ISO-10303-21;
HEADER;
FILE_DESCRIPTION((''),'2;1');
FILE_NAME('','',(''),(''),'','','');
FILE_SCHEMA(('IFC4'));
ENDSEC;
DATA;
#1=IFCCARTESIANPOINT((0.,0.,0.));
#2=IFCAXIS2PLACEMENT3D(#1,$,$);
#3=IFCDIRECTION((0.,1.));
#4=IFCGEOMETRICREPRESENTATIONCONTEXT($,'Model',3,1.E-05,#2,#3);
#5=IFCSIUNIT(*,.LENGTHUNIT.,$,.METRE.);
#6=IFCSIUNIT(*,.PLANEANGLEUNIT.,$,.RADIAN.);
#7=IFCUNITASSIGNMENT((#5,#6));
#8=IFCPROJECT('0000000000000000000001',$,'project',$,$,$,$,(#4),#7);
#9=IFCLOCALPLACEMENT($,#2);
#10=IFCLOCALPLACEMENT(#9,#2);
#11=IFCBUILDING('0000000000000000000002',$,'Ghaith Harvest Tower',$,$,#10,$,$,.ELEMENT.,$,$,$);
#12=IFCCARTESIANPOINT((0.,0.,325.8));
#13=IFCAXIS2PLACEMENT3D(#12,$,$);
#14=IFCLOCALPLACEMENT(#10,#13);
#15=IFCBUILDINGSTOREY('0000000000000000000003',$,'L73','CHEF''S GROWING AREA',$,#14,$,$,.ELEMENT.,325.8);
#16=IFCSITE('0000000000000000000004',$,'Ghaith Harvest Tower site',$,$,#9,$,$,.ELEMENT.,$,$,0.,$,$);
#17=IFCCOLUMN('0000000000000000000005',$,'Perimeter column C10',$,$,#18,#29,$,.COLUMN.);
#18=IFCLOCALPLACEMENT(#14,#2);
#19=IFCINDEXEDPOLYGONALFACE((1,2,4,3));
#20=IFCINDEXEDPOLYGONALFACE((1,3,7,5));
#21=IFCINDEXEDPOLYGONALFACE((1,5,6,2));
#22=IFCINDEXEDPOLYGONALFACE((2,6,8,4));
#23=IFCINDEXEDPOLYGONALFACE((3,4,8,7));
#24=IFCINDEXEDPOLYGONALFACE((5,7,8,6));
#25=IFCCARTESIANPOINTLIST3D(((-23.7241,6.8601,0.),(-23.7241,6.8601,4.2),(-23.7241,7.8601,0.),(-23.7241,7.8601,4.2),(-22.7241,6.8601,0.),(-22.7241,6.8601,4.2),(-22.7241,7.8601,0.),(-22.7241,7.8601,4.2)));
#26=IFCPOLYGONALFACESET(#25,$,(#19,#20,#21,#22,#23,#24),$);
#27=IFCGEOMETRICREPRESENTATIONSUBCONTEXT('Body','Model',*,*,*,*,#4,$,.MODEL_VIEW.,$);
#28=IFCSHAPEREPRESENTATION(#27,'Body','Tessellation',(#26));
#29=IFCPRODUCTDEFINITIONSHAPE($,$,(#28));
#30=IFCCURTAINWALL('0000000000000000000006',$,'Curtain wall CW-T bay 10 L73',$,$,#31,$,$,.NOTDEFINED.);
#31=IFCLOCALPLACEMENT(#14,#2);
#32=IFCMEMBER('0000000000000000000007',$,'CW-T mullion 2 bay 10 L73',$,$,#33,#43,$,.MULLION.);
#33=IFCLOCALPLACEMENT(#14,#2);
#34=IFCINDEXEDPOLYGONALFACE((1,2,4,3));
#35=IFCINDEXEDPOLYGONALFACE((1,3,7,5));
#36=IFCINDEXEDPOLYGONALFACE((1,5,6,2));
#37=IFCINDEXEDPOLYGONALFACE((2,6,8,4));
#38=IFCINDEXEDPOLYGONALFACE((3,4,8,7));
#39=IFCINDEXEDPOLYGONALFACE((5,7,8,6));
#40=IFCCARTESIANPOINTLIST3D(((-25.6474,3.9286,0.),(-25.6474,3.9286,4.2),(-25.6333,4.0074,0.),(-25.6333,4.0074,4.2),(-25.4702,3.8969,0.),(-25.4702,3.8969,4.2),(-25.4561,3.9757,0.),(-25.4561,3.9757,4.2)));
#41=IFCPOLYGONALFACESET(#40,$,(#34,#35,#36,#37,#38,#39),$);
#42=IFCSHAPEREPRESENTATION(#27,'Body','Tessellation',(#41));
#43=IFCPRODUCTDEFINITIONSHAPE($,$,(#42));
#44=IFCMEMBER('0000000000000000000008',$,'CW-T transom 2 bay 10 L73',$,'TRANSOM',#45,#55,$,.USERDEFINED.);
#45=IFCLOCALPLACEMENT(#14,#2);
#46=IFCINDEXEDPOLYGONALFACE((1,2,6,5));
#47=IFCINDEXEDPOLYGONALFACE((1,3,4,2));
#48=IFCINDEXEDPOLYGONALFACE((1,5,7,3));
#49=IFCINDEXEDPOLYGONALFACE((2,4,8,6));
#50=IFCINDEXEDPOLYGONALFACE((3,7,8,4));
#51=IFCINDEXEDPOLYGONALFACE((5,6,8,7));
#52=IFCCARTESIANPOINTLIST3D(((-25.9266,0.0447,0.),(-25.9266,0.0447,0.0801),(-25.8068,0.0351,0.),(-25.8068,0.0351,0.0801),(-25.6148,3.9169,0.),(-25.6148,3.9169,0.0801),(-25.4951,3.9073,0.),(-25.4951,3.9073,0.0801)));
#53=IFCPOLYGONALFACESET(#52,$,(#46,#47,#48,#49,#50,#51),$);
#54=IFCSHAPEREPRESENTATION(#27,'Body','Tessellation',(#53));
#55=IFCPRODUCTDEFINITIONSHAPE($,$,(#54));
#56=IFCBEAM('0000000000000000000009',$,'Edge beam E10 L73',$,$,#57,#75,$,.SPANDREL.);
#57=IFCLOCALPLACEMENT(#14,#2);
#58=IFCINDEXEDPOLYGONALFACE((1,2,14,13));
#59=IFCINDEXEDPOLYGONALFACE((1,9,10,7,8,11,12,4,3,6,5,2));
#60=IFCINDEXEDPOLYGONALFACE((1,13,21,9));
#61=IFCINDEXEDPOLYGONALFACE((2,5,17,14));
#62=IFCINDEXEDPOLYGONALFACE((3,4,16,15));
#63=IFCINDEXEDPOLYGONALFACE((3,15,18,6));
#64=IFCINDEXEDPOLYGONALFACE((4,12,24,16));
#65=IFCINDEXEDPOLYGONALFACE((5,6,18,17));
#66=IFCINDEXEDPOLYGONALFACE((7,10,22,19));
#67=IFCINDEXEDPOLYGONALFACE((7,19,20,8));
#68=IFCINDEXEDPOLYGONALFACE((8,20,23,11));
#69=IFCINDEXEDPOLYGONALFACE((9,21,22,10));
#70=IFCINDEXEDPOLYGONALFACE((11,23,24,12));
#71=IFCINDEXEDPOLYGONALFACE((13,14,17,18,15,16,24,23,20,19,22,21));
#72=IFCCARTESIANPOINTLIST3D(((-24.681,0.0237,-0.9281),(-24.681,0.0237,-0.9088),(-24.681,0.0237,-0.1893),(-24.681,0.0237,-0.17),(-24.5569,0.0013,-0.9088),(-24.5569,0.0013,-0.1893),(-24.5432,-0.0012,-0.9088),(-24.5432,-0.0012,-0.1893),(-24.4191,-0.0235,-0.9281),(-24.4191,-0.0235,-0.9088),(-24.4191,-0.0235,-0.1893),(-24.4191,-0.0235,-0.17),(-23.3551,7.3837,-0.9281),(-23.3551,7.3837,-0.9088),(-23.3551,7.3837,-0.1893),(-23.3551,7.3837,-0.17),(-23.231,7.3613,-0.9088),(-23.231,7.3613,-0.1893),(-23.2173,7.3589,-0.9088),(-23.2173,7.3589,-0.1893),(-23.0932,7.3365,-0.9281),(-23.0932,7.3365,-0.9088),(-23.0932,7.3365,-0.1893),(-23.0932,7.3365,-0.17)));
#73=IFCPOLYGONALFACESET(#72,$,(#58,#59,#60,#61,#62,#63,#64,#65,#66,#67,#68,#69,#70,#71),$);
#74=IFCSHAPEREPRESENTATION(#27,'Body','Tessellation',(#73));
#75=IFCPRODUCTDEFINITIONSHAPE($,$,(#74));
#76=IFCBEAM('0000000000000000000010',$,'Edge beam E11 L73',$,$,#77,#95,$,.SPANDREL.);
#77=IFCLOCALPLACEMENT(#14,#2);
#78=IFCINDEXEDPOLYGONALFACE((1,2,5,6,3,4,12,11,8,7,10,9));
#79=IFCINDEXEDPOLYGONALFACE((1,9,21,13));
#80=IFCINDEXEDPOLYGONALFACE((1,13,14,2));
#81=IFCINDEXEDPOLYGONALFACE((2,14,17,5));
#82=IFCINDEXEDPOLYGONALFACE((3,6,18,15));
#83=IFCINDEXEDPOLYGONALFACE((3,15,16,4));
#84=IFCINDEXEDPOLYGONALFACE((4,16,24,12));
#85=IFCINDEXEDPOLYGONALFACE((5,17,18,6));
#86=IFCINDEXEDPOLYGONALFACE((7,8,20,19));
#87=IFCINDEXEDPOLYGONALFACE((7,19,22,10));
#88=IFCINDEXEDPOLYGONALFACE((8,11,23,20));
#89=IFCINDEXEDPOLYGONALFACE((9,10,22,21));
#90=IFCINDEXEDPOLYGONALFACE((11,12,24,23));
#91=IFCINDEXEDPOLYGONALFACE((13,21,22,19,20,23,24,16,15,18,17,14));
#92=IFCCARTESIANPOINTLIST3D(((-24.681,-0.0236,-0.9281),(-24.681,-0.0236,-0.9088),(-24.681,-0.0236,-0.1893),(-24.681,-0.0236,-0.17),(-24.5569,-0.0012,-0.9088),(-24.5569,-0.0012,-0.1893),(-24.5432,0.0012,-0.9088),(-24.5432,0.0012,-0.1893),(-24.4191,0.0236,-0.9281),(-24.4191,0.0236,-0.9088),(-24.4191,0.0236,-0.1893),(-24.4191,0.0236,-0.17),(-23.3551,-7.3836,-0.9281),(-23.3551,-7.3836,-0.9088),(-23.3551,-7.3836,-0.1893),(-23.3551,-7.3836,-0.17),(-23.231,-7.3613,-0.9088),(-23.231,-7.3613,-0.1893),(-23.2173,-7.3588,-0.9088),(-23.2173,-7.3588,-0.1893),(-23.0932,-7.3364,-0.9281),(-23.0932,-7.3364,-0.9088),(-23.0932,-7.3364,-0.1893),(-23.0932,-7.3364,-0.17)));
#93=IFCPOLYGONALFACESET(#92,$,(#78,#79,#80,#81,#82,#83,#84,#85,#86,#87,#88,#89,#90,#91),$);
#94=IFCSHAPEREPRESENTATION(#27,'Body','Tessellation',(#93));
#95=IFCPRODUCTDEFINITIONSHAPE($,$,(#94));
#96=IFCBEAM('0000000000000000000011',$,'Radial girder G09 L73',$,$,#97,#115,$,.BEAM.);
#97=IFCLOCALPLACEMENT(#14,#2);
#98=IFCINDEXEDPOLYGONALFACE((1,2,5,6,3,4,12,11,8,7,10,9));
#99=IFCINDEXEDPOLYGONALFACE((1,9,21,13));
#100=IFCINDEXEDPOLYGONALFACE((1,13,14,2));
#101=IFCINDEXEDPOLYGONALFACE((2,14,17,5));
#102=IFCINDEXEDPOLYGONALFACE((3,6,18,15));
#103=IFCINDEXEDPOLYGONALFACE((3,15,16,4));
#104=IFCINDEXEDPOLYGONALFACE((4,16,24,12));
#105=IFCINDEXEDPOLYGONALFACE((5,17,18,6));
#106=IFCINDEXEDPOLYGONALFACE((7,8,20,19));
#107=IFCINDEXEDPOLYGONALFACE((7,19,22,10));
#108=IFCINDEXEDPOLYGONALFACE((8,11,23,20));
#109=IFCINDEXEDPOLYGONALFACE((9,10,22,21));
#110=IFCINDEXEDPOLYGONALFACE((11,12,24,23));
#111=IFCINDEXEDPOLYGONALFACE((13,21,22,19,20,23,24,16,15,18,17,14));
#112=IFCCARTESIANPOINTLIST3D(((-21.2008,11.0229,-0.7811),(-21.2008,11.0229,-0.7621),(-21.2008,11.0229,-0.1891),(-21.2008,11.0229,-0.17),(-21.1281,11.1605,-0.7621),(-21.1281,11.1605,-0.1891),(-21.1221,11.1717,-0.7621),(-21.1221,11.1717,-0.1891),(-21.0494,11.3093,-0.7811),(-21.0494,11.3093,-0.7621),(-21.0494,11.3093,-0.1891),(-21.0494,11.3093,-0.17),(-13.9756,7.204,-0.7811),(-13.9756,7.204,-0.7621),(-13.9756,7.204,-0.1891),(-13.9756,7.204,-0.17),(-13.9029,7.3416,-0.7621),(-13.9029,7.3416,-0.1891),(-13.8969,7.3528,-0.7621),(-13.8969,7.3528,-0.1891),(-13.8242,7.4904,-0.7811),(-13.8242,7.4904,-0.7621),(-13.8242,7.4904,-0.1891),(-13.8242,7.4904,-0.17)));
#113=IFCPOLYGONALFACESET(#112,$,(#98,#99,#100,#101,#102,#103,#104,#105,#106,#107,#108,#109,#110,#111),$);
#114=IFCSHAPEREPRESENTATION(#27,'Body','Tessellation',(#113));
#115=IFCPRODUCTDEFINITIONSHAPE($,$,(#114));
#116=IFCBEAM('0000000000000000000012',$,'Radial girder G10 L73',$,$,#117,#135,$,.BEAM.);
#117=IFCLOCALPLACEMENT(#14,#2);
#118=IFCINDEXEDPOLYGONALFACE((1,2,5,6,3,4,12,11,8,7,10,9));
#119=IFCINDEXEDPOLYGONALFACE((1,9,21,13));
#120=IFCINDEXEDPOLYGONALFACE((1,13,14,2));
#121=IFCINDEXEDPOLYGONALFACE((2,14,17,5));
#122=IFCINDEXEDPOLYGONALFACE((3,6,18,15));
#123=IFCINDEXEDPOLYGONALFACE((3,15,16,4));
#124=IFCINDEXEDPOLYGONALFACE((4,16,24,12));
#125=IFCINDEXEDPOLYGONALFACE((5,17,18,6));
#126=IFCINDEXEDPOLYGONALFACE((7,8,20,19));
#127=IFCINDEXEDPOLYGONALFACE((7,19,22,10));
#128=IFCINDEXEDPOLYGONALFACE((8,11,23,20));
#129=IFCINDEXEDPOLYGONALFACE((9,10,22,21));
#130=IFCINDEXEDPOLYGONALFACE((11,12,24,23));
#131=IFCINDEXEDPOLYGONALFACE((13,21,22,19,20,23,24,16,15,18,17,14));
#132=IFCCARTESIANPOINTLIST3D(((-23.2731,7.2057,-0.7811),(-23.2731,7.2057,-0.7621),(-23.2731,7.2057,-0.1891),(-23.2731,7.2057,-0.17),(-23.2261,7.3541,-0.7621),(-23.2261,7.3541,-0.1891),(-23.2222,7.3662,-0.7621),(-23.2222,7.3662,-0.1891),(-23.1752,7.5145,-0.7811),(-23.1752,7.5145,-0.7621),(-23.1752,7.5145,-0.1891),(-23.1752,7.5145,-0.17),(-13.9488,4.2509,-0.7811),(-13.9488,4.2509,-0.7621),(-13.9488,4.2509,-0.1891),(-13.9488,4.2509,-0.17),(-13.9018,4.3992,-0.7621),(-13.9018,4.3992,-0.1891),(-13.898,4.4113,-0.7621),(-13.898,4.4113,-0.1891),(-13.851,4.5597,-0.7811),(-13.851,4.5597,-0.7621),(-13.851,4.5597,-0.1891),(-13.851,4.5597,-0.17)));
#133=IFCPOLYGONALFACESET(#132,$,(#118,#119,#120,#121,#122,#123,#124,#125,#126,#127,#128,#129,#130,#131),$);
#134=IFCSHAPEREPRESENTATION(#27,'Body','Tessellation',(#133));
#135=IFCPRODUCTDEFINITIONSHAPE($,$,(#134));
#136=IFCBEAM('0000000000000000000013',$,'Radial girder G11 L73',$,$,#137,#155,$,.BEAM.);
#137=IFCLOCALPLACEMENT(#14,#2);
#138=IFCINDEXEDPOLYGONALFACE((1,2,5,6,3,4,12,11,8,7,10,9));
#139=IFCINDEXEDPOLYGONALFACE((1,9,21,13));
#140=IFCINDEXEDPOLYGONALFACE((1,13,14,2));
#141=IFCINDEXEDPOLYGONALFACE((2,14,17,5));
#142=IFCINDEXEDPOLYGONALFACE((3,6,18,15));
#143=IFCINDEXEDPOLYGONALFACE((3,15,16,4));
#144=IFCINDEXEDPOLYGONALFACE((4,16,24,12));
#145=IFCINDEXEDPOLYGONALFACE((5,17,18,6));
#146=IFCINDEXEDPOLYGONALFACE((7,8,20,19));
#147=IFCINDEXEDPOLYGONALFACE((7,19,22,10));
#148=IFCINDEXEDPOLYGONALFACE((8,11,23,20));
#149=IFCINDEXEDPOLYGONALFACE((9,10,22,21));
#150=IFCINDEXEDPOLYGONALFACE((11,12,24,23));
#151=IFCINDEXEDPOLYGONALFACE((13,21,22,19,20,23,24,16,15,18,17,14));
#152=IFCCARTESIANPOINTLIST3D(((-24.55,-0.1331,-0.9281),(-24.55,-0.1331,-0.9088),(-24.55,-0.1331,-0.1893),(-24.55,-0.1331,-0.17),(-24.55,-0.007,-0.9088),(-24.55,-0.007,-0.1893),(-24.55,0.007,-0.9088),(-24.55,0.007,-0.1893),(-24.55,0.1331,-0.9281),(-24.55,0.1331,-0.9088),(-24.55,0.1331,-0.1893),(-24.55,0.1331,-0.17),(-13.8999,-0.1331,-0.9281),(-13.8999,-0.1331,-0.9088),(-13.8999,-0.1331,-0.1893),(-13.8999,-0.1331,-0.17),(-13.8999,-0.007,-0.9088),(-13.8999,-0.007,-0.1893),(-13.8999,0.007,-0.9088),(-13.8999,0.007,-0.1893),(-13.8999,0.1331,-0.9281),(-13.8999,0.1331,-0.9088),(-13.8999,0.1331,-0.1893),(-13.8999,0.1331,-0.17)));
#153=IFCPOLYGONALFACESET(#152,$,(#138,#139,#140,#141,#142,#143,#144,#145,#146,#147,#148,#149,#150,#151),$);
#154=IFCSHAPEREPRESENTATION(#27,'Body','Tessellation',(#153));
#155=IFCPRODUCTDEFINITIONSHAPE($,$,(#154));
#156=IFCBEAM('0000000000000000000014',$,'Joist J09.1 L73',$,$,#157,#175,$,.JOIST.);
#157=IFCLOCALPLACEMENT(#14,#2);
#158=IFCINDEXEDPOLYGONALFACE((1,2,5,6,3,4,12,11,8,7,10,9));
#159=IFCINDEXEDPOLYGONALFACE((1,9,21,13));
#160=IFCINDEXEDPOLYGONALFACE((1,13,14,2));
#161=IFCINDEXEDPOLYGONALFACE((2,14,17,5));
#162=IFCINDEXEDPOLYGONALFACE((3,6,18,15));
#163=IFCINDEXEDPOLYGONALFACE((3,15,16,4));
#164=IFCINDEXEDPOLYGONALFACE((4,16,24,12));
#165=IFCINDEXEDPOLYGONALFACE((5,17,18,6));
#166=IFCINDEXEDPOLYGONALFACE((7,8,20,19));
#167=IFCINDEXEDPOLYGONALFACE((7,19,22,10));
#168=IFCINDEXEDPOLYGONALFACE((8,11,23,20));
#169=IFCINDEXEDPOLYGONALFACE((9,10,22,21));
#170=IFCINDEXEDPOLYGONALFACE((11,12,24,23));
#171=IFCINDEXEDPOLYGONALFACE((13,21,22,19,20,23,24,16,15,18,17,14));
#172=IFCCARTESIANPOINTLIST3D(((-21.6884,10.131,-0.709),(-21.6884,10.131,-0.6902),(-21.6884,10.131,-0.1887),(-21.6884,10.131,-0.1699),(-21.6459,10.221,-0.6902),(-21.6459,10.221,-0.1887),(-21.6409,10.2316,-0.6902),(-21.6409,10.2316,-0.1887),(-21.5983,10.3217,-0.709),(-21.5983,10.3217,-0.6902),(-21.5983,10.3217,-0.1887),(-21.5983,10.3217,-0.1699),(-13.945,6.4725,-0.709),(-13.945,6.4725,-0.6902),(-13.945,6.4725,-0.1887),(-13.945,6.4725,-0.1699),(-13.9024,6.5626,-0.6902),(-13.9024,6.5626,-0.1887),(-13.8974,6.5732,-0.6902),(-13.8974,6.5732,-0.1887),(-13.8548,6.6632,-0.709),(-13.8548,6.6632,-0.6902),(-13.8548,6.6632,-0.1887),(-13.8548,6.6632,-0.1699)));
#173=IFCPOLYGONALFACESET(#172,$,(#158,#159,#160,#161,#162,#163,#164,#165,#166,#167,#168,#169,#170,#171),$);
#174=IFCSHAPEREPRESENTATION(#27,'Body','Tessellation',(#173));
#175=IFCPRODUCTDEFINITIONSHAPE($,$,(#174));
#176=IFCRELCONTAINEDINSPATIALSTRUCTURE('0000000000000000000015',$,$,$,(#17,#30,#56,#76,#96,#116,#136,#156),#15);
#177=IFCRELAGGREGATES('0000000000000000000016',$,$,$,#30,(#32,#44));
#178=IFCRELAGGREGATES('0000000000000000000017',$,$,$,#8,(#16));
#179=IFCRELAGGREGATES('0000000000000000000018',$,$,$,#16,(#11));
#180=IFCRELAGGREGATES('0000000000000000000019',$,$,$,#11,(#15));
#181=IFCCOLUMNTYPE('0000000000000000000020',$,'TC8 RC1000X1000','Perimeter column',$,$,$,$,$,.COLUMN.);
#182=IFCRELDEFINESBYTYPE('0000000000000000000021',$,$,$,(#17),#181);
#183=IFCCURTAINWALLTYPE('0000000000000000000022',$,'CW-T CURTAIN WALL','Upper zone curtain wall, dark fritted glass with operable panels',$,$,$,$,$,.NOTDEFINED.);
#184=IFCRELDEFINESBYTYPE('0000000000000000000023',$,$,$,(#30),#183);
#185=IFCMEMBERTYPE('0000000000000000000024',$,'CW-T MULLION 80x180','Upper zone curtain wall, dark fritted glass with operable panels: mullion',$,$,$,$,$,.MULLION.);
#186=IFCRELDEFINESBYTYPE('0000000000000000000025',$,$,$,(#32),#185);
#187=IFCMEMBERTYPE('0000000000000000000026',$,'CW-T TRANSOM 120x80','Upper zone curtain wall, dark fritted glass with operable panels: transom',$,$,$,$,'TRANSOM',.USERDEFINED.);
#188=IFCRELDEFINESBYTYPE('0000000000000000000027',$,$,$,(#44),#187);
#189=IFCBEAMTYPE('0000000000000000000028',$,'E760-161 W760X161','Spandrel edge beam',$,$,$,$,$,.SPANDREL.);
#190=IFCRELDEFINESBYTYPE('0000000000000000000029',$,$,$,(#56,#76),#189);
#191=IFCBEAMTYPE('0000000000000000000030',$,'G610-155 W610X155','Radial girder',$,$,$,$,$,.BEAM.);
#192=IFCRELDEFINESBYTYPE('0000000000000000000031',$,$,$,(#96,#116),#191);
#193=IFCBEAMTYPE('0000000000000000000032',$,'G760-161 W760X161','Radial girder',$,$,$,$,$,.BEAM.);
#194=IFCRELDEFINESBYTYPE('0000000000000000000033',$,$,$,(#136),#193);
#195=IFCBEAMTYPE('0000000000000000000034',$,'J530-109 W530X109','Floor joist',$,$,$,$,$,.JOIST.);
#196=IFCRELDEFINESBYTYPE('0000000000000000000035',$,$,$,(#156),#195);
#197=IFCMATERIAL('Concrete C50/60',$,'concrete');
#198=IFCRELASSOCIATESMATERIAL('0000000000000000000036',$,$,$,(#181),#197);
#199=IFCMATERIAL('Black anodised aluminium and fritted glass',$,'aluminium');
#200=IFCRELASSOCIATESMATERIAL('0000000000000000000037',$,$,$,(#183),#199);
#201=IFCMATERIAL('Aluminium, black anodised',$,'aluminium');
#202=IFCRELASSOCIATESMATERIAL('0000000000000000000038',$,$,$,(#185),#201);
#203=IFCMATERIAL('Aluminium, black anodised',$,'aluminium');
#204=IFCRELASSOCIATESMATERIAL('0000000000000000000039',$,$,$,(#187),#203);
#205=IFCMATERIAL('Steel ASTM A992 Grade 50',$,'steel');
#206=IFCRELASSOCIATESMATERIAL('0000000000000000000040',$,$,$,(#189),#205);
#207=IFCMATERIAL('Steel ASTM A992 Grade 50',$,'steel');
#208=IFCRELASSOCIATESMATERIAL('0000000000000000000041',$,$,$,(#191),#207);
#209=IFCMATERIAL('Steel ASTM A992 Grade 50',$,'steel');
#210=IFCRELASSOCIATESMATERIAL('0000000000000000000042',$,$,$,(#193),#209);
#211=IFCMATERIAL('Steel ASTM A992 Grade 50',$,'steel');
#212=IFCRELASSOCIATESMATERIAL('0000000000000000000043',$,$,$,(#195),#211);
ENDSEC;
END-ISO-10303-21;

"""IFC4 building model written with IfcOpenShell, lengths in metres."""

from ifc_helpers import new_model, si_unit, direction, frame, origin, origin_2d, place, context, subcontext, project, spatial, rectangle, i_section, extrude, material, material_profile, profile_set, type_object, element, aggregate, save


model = new_model("IFC4")

# Units and contexts
model_context = context("Model", 3, precision=1e-05, world=origin(), true_north=direction((0.0, 1.0)))
body_context = subcontext(model_context, "Body", "Model", "MODEL_VIEW")
ifc_project = project(units=[si_unit("LENGTHUNIT", "METRE"), si_unit("PLANEANGLEUNIT", "RADIAN")], contexts=[model_context])

# Site, building, storey
site_placement = place(None, origin())
site = spatial("IfcSite", under=ifc_project, at=site_placement, Name="Ghaith Harvest Tower site", CompositionType="ELEMENT", RefElevation=0.0)
building_placement = place(site_placement, origin())
building = spatial("IfcBuilding", under=site, at=building_placement, Name="Ghaith Harvest Tower", CompositionType="ELEMENT")
storey_placement = place(building_placement, frame((0.0, 0.0, 325.8)))
storey = spatial("IfcBuildingStorey", under=building, at=storey_placement, Name="L73", Description="CHEF'S GROWING AREA", CompositionType="ELEMENT", Elevation=325.8)

# Column
ifc_material_1 = material(Name="Concrete C50/60", Category="concrete")
ifc_material_profile_1 = material_profile(ifc_material_1, rectangle(XDim=1.0, YDim=1.0, at=origin_2d()), Name="RC1000X1000")
ifc_profile_set_1 = profile_set([ifc_material_profile_1], Name="Concrete C50/60")
column_type = type_object("IfcColumnType", Name="TC8 RC1000X1000", Description="Perimeter column", PredefinedType="COLUMN", material=ifc_profile_set_1)
column_placement = place(storey_placement, frame((-23.2241, 7.3601, 0.0), z_axis=(0.0, 0.0, 1.0), x_axis=(1.0, 0.0, 0.0)))
element("IfcColumn", 1, at=column_placement, inside=storey, type_object=column_type, Name="Perimeter column C10", PredefinedType="COLUMN", context=body_context, shape_type="SweptSolid", body=[
    extrude(rectangle(XDim=1.0, YDim=1.0, at=origin_2d()), origin(), (0.0, 0.0, 1.0), 4.2),
])

# Curtain wall, members
ifc_material_2 = material(Name="Black anodised aluminium and fritted glass", Category="aluminium")
curtain_wall_type = type_object("IfcCurtainWallType", Name="CW-T CURTAIN WALL", Description="Upper zone curtain wall, dark fritted glass with operable panels", PredefinedType="NOTDEFINED", material=ifc_material_2)
curtain_wall_placement = place(storey_placement, origin())
curtain_wall = element("IfcCurtainWall", 2, at=curtain_wall_placement, inside=storey, type_object=curtain_wall_type, Name="Curtain wall CW-T bay 10 L73", PredefinedType="NOTDEFINED")
ifc_material_3 = material(Name="Aluminium, black anodised", Category="aluminium")
ifc_material_profile_2 = material_profile(ifc_material_3, rectangle(XDim=0.0801, YDim=0.1799, at=origin_2d()), Name="CW-T MULLION 80x180")
ifc_profile_set_2 = profile_set([ifc_material_profile_2], Name="Aluminium, black anodised")
member_type_1 = type_object("IfcMemberType", Name="CW-T MULLION 80x180", Description="Upper zone curtain wall, dark fritted glass with operable panels: mullion", PredefinedType="MULLION", material=ifc_profile_set_2)
member_1_placement = place(storey_placement, frame((-25.5518, 3.9521, 0.0), z_axis=(0.0, 0.0, 1.0), x_axis=(-0.176001, -0.98439, 0.0)))
member_1 = element("IfcMember", 3, at=member_1_placement, type_object=member_type_1, Name="CW-T mullion 2 bay 10 L73", PredefinedType="MULLION", context=body_context, shape_type="SweptSolid", body=[
    extrude(rectangle(XDim=0.0801, YDim=0.1799, at=origin_2d()), origin(), (0.0, 0.0, 1.0), 4.2),
])
ifc_material_4 = material(Name="Aluminium, black anodised", Category="aluminium")
ifc_material_profile_3 = material_profile(ifc_material_4, rectangle(XDim=0.1201, YDim=0.0801, at=origin_2d()), Name="CW-T TRANSOM 120x80")
ifc_profile_set_3 = profile_set([ifc_material_profile_3], Name="Aluminium, black anodised")
member_type_2 = type_object("IfcMemberType", Name="CW-T TRANSOM 120x80", Description="Upper zone curtain wall, dark fritted glass with operable panels: transom", ElementType="TRANSOM", PredefinedType="USERDEFINED", material=ifc_profile_set_3)
member_2_placement = place(storey_placement, frame((-25.5549, 3.9121, 0.04), z_axis=(-0.080252, -0.996775, 0.0), x_axis=(0.996775, -0.080252, 0.0)))
member_2 = element("IfcMember", 4, at=member_2_placement, type_object=member_type_2, Name="CW-T transom 2 bay 10 L73", ObjectType="TRANSOM", PredefinedType="USERDEFINED", context=body_context, shape_type="SweptSolid", body=[
    extrude(rectangle(XDim=0.1201, YDim=0.0801, at=origin_2d()), origin(), (0.0, 0.0, 1.0), 3.8848),
])

# Beams
ifc_material_5 = material(Name="Steel ASTM A992 Grade 50", Category="steel")
ifc_material_profile_4 = material_profile(ifc_material_5, i_section(OverallWidth=0.2661, OverallDepth=0.7581, WebThickness=0.0139, FlangeThickness=0.0193, at=origin_2d()), Name="W760X161")
ifc_profile_set_4 = profile_set([ifc_material_profile_4], Name="Steel ASTM A992 Grade 50")
beam_type_1 = type_object("IfcBeamType", Name="E760-161 W760X161", Description="Spandrel edge beam", PredefinedType="SPANDREL", material=ifc_profile_set_4)
for number, where, z_axis, x_axis, name in (
    (5, (-23.2241, 7.3601, -0.5491), (-0.177297, -0.984157, 0.0), (0.984157, -0.177297, 0.0), "Edge beam E10 L73"),
    (6, (-24.55, 0.0, -0.5491), (0.177297, -0.984157, 0.0), (0.984157, 0.177297, 0.0), "Edge beam E11 L73"),
):
    element("IfcBeam", number, at=place(storey_placement, frame(where, z_axis=z_axis, x_axis=x_axis)), inside=storey, type_object=beam_type_1, Name=name, PredefinedType="SPANDREL", context=body_context, shape_type="SweptSolid", body=[
        extrude(i_section(OverallWidth=0.2661, OverallDepth=0.7581, WebThickness=0.0139, FlangeThickness=0.0193, at=origin_2d()), origin(), (0.0, 0.0, 1.0), 7.4785),
    ])
ifc_material_6 = material(Name="Steel ASTM A992 Grade 50", Category="steel")
ifc_material_profile_5 = material_profile(ifc_material_6, i_section(OverallWidth=0.324, OverallDepth=0.6111, WebThickness=0.0127, FlangeThickness=0.019, at=origin_2d()), Name="W610X155")
ifc_profile_set_5 = profile_set([ifc_material_profile_5], Name="Steel ASTM A992 Grade 50")
beam_type_2 = type_object("IfcBeamType", Name="G610-155 W610X155", Description="Radial girder", PredefinedType="BEAM", material=ifc_profile_set_5)
beam_1_placement = place(storey_placement, frame((-13.8999, 7.3472, -0.4756), z_axis=(-0.884102, 0.467295, 0.0), x_axis=(-0.467295, -0.884102, 0.0)))
element("IfcBeam", 7, at=beam_1_placement, inside=storey, type_object=beam_type_2, Name="Radial girder G09 L73", PredefinedType="BEAM", context=body_context, shape_type="SweptSolid", body=[
    extrude(i_section(OverallWidth=0.324, OverallDepth=0.6111, WebThickness=0.0127, FlangeThickness=0.019, at=origin_2d()), origin(), (0.0, 0.0, 1.0), 8.1724),
])
beam_2_placement = place(storey_placement, frame((-13.8999, 4.4053, -0.4756), z_axis=(-0.953279, 0.302093, 0.0), x_axis=(-0.302093, -0.953279, 0.0)))
element("IfcBeam", 8, at=beam_2_placement, inside=storey, type_object=beam_type_2, Name="Radial girder G10 L73", PredefinedType="BEAM", context=body_context, shape_type="SweptSolid", body=[
    extrude(i_section(OverallWidth=0.324, OverallDepth=0.6111, WebThickness=0.0127, FlangeThickness=0.019, at=origin_2d()), origin(), (0.0, 0.0, 1.0), 9.7812),
])
ifc_material_7 = material(Name="Steel ASTM A992 Grade 50", Category="steel")
ifc_material_profile_6 = material_profile(ifc_material_7, i_section(OverallWidth=0.2661, OverallDepth=0.7581, WebThickness=0.0139, FlangeThickness=0.0193, at=origin_2d()), Name="W760X161")
ifc_profile_set_6 = profile_set([ifc_material_profile_6], Name="Steel ASTM A992 Grade 50")
beam_type_3 = type_object("IfcBeamType", Name="G760-161 W760X161", Description="Radial girder", PredefinedType="BEAM", material=ifc_profile_set_6)
beam_3_placement = place(storey_placement, frame((-13.8999, 0.0, -0.5491), z_axis=(-1.0, 0.0, 0.0), x_axis=(0.0, -1.0, 0.0)))
element("IfcBeam", 9, at=beam_3_placement, inside=storey, type_object=beam_type_3, Name="Radial girder G11 L73", PredefinedType="BEAM", context=body_context, shape_type="SweptSolid", body=[
    extrude(i_section(OverallWidth=0.2661, OverallDepth=0.7581, WebThickness=0.0139, FlangeThickness=0.0193, at=origin_2d()), origin(), (0.0, 0.0, 1.0), 10.6501),
])
ifc_material_8 = material(Name="Steel ASTM A992 Grade 50", Category="steel")
ifc_material_profile_7 = material_profile(ifc_material_8, i_section(OverallWidth=0.2109, OverallDepth=0.5391, WebThickness=0.0117, FlangeThickness=0.0188, at=origin_2d()), Name="W530X109")
ifc_profile_set_7 = profile_set([ifc_material_profile_7], Name="Steel ASTM A992 Grade 50")
beam_type_4 = type_object("IfcBeamType", Name="J530-109 W530X109", Description="Floor joist", PredefinedType="JOIST", material=ifc_profile_set_7)
beam_4_placement = place(storey_placement, frame((-13.8999, 6.5679, -0.4395), z_axis=(-0.904166, 0.427182, 0.0), x_axis=(-0.427182, -0.904166, 0.0)))
element("IfcBeam", 10, at=beam_4_placement, inside=storey, type_object=beam_type_4, Name="Joist J09.1 L73", PredefinedType="JOIST", context=body_context, shape_type="SweptSolid", body=[
    extrude(i_section(OverallWidth=0.2109, OverallDepth=0.5391, WebThickness=0.0117, FlangeThickness=0.0188, at=origin_2d()), origin(), (0.0, 0.0, 1.0), 8.5642),
])

aggregate(curtain_wall, [member_1, member_2])

save(model, "model.ifc")
